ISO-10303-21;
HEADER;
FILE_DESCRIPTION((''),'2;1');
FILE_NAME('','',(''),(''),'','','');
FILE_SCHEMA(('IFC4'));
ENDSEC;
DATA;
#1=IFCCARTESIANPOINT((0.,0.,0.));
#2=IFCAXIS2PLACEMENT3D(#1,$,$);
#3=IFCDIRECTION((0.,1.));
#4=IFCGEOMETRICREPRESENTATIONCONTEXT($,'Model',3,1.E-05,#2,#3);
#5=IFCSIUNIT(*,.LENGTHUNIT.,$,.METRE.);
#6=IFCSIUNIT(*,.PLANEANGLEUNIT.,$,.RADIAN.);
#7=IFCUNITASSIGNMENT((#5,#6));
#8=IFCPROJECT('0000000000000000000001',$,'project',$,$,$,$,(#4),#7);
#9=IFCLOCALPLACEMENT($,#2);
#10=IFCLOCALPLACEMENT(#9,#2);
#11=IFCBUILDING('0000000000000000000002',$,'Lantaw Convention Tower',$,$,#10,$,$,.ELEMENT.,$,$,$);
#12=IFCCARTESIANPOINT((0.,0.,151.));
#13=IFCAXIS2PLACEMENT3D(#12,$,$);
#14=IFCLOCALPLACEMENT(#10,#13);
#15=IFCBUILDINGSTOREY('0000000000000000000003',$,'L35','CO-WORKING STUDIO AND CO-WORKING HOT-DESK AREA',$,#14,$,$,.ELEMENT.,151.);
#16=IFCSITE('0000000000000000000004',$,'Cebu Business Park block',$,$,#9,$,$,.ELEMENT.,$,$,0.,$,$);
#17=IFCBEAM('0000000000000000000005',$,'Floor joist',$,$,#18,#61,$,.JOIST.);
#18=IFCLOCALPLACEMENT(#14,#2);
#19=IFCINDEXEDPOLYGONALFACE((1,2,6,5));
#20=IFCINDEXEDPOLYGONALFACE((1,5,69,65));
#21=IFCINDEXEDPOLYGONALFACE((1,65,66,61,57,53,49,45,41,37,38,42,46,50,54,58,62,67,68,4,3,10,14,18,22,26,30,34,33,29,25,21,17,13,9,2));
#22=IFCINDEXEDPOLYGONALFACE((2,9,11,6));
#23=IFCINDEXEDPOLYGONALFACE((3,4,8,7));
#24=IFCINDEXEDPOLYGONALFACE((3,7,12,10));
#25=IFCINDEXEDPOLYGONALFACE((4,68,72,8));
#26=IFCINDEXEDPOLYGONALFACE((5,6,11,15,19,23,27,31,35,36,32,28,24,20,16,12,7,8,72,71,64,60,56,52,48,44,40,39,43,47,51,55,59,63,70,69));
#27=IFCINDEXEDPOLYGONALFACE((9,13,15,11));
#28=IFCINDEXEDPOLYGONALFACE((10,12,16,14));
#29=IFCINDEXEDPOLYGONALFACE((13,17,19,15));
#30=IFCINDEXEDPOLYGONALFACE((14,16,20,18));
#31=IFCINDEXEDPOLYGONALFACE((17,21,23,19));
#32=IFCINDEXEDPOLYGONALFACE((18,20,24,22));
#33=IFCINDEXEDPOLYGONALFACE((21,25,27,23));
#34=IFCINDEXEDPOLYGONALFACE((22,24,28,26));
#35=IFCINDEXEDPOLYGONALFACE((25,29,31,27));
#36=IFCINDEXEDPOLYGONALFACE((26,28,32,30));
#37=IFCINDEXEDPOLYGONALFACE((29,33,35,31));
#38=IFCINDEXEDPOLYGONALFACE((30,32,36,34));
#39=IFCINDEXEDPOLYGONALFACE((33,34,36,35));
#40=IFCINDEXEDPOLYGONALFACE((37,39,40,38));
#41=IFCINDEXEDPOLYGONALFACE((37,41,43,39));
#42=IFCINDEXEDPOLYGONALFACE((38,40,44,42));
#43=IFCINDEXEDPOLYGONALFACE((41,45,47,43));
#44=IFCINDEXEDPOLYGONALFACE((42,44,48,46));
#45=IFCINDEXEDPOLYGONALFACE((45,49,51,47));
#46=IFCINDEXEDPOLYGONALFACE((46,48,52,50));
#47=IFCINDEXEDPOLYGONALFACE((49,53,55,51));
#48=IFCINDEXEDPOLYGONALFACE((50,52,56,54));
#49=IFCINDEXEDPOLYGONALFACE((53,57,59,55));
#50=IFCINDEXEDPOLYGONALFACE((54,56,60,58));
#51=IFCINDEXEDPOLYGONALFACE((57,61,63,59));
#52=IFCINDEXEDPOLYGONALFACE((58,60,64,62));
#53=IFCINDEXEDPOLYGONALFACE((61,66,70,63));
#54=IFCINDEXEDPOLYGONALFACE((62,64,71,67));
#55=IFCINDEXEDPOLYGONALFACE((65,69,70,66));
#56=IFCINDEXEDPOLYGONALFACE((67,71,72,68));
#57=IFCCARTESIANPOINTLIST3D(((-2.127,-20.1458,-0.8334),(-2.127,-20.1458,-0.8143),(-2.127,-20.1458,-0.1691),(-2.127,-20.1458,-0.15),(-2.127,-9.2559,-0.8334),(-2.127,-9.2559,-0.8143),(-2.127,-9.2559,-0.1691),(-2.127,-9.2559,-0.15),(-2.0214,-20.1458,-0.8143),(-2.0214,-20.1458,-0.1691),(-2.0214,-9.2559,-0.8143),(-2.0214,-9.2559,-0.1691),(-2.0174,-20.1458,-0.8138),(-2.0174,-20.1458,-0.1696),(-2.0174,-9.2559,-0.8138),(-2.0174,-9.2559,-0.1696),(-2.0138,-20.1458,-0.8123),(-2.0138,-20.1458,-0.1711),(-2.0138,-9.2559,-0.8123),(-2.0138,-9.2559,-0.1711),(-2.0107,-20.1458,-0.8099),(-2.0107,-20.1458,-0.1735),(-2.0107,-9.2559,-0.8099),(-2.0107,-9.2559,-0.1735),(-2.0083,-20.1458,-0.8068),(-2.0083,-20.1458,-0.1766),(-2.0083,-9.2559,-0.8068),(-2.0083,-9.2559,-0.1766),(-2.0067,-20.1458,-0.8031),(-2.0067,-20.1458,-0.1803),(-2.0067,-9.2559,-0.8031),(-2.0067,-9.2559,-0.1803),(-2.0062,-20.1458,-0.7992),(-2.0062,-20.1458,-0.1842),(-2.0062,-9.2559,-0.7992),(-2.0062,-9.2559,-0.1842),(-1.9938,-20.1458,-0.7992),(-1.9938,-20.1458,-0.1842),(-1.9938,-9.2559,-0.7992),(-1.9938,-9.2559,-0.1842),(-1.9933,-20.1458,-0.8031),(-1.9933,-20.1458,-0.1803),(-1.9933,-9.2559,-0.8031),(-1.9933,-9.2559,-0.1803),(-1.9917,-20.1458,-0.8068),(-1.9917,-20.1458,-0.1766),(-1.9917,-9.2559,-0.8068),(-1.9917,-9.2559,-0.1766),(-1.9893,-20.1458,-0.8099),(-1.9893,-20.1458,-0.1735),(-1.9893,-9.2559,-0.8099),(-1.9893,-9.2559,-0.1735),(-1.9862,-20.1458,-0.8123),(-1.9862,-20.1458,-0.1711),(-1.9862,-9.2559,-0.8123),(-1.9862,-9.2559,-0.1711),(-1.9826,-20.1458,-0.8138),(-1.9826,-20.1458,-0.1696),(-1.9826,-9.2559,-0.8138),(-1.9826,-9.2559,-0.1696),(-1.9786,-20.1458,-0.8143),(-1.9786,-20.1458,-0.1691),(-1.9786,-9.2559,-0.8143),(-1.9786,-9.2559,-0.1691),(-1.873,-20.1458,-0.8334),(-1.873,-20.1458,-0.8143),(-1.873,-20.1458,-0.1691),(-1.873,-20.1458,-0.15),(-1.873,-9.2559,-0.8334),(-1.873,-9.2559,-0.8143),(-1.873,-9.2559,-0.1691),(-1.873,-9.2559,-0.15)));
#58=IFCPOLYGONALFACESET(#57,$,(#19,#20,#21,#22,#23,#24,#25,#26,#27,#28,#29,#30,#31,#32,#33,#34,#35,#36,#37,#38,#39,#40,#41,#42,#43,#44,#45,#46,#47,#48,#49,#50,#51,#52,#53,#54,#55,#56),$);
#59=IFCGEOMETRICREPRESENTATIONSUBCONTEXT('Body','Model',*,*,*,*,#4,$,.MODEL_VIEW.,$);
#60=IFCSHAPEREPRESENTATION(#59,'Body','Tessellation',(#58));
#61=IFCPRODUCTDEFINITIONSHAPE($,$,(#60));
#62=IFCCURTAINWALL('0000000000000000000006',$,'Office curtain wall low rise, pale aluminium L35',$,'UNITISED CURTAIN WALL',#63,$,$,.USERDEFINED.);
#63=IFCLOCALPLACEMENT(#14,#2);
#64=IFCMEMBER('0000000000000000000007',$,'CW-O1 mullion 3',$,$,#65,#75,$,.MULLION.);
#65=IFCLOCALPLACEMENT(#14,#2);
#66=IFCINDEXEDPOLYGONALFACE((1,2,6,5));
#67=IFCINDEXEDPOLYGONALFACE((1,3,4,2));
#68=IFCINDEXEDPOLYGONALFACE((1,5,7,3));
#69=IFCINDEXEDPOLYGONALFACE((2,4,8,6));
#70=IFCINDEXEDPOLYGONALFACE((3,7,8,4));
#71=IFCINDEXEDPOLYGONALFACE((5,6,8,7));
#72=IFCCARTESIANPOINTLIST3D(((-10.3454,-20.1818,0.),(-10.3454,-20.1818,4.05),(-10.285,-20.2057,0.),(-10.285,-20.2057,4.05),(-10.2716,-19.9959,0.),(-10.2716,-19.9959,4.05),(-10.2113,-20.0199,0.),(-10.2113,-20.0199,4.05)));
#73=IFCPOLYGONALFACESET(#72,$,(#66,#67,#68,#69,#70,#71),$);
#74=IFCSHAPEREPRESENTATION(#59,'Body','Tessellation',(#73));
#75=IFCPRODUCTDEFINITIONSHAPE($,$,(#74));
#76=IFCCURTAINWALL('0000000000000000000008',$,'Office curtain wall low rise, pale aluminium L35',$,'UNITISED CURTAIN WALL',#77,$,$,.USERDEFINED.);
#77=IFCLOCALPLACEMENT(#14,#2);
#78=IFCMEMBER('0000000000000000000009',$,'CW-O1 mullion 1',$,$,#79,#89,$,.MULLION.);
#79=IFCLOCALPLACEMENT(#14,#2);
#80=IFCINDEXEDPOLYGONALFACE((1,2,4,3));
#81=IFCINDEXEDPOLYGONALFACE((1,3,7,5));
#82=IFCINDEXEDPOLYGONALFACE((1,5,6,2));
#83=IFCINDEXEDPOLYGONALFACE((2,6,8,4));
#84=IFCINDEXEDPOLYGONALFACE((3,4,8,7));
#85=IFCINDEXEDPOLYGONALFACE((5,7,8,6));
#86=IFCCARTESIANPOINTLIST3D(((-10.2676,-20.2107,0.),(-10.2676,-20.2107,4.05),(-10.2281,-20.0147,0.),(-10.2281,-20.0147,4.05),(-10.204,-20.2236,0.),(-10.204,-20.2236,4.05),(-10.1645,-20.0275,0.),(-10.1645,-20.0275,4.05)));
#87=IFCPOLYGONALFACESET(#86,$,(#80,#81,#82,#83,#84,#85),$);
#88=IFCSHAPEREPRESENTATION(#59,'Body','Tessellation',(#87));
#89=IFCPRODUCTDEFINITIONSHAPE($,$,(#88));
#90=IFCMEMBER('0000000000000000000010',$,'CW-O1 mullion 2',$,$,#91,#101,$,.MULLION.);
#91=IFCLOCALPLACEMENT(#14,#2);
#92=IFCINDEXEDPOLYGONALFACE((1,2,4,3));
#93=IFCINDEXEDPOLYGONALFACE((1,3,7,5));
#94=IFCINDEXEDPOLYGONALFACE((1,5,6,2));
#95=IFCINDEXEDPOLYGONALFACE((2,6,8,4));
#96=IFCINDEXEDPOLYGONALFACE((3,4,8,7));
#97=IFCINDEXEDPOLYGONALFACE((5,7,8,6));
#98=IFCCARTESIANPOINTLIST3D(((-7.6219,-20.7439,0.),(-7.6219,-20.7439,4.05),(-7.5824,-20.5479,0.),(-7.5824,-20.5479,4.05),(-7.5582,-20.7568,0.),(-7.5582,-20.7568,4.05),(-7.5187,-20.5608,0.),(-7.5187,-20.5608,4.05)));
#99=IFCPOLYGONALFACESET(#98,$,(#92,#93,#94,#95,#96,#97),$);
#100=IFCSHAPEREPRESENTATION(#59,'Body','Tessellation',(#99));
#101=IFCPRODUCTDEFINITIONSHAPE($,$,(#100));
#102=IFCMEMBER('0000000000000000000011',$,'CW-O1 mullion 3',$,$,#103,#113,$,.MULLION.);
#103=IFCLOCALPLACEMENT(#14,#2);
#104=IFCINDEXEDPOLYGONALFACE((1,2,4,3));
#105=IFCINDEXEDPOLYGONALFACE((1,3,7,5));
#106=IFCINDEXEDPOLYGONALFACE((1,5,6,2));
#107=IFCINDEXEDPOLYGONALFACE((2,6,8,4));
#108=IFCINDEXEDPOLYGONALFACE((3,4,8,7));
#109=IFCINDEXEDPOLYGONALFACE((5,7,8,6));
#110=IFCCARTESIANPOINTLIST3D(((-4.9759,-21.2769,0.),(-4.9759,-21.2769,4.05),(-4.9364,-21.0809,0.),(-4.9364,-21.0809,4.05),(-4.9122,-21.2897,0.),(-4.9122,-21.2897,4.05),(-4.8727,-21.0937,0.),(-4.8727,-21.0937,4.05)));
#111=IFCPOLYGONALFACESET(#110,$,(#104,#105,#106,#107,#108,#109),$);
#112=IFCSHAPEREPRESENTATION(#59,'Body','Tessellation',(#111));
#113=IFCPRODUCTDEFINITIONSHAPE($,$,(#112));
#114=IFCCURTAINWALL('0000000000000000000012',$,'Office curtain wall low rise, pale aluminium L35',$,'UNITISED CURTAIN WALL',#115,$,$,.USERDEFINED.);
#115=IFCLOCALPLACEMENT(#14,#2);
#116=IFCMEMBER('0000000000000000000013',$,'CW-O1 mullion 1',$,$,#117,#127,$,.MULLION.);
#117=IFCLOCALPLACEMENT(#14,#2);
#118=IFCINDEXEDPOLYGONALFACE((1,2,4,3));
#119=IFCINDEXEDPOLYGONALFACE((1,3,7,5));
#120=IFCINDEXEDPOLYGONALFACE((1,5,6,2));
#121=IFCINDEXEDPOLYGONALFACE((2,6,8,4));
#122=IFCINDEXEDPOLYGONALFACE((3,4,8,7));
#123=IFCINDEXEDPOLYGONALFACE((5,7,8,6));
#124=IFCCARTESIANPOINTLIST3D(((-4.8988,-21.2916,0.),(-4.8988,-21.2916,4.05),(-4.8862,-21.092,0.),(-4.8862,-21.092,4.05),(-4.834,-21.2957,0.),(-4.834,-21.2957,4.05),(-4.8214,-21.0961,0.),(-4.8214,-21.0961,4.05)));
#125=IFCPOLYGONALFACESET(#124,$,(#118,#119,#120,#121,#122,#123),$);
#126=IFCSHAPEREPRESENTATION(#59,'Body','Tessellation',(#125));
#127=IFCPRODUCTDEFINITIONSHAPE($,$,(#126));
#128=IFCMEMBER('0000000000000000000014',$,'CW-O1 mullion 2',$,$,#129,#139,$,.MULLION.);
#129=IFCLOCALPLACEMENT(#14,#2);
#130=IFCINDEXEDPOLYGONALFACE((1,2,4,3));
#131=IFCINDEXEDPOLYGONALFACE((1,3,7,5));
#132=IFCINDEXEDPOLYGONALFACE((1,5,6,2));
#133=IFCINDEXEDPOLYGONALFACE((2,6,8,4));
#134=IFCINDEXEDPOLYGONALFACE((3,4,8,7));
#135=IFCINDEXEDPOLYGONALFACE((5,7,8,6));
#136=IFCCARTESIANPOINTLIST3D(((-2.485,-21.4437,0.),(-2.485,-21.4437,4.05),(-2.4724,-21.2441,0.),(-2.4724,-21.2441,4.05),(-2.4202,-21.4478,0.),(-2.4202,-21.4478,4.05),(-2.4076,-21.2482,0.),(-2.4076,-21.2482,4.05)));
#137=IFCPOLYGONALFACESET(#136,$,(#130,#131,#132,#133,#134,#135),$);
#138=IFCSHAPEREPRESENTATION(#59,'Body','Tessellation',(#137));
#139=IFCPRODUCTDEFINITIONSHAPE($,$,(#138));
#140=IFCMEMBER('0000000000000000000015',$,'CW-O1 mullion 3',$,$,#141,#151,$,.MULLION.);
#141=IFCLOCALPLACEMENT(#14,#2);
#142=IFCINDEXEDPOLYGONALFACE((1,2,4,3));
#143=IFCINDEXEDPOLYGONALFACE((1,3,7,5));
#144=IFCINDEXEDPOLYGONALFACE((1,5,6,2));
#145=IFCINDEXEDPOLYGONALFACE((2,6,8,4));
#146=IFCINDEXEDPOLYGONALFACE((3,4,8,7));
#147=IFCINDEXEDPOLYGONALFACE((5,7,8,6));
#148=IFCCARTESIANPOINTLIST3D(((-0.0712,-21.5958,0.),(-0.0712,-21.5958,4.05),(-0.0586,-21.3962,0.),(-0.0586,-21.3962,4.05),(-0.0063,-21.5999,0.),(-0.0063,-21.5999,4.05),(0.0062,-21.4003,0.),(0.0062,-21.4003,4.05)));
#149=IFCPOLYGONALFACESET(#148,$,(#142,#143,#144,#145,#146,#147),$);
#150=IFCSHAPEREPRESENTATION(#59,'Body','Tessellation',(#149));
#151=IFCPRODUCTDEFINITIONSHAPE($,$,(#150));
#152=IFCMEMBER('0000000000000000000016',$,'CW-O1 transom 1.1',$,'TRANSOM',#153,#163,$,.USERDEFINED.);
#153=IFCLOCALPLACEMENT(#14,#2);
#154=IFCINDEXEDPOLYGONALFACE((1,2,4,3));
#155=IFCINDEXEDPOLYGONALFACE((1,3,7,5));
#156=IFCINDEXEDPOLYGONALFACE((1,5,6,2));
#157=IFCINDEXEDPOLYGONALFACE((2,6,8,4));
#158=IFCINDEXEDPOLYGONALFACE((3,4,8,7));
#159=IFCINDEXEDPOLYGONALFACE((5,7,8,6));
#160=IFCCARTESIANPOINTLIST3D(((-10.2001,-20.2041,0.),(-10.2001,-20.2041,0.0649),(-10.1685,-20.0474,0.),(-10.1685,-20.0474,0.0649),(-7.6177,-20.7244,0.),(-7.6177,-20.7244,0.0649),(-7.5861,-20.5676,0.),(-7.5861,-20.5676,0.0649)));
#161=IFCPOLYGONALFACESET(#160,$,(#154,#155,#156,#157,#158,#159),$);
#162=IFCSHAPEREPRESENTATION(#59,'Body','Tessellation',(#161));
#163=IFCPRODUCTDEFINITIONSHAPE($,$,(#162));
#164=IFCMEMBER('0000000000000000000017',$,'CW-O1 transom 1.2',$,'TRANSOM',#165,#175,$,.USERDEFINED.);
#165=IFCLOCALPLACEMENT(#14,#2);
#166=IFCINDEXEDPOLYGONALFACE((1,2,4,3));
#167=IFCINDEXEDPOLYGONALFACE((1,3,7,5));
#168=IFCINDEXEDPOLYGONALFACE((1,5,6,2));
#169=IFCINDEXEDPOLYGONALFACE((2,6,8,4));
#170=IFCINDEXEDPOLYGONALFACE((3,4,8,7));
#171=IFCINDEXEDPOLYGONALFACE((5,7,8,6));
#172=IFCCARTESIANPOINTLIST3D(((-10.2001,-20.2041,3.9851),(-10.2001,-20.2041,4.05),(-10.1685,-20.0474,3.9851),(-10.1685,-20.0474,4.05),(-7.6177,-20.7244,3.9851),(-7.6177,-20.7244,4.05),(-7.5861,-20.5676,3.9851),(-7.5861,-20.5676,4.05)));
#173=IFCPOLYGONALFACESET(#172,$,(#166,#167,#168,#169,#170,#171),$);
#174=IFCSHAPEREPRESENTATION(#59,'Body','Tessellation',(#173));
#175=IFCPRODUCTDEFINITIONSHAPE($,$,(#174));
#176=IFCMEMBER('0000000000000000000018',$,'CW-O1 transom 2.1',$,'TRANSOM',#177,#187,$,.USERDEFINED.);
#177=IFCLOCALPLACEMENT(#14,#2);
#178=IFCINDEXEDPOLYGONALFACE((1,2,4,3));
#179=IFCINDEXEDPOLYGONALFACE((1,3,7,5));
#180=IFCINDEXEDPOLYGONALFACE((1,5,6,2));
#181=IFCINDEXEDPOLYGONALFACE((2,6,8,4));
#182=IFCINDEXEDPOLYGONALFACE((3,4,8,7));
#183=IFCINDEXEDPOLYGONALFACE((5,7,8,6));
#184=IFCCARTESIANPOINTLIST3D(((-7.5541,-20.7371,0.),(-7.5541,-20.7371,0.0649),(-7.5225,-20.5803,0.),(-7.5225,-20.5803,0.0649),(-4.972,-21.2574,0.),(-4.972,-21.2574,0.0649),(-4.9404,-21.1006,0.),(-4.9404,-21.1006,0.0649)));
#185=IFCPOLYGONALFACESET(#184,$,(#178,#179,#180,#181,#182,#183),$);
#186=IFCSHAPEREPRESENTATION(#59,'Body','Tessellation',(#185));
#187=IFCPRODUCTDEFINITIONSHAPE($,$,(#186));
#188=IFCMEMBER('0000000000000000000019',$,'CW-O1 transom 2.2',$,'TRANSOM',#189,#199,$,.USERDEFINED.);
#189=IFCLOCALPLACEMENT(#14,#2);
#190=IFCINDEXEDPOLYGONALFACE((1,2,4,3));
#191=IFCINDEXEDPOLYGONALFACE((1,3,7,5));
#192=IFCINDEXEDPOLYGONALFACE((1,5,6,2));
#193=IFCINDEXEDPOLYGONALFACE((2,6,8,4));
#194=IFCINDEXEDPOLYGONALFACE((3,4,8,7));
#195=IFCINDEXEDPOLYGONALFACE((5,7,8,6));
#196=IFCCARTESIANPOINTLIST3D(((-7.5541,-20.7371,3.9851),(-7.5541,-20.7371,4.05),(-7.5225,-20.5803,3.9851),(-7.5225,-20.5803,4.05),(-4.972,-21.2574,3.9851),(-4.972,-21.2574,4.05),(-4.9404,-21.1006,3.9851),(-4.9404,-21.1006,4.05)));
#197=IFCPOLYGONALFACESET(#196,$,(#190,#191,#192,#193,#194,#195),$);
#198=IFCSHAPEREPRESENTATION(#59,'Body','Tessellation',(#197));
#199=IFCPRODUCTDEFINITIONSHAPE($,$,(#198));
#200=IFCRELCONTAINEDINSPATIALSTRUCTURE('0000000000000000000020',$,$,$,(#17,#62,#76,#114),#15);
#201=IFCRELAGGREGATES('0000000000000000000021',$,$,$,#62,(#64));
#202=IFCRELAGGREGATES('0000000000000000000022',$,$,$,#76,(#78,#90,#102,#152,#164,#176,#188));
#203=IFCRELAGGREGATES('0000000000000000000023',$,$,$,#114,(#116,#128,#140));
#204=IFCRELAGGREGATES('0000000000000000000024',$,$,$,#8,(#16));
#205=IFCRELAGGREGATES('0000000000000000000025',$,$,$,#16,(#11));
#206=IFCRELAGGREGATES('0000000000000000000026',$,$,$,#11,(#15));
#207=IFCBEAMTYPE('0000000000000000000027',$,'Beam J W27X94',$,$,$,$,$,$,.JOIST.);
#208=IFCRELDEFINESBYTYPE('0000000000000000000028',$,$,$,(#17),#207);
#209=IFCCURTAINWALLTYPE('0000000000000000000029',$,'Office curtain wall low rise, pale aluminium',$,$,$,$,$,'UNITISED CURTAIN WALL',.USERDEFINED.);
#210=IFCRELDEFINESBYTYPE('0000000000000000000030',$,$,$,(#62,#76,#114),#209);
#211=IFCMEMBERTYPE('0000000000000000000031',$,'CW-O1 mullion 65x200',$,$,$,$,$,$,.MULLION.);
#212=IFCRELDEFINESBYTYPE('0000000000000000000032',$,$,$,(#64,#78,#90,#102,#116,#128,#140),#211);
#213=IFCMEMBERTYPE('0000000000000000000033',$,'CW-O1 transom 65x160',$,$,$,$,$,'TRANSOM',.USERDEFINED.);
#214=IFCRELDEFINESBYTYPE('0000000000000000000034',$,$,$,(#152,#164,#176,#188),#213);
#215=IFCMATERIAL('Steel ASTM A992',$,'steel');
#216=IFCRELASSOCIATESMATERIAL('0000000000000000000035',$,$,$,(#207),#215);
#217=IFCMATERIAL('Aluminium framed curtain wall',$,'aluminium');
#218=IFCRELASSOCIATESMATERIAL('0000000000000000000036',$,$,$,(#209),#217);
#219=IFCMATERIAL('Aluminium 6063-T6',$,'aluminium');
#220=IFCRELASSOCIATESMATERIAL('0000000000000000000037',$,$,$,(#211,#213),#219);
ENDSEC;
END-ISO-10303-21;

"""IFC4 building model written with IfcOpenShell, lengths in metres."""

from ifc_helpers import new_model, si_unit, direction, frame, origin, origin_2d, place, context, subcontext, project, spatial, rectangle, i_section, extrude, material, material_profile, profile_set, type_object, element, aggregate, save


model = new_model("IFC4")

# Units and contexts
model_context = context("Model", 3, precision=1e-05, world=origin(), true_north=direction((0.0, 1.0)))
body_context = subcontext(model_context, "Body", "Model", "MODEL_VIEW")
ifc_project = project(units=[si_unit("LENGTHUNIT", "METRE"), si_unit("PLANEANGLEUNIT", "RADIAN")], contexts=[model_context])

# Site, building, storey
site_placement = place(None, origin())
site = spatial("IfcSite", under=ifc_project, at=site_placement, Name="Cebu Business Park block", CompositionType="ELEMENT", RefElevation=0.0)
building_placement = place(site_placement, origin())
building = spatial("IfcBuilding", under=site, at=building_placement, Name="Lantaw Convention Tower", CompositionType="ELEMENT")
storey_placement = place(building_placement, frame((0.0, 0.0, 151.0)))
storey = spatial("IfcBuildingStorey", under=building, at=storey_placement, Name="L35", Description="CO-WORKING STUDIO AND CO-WORKING HOT-DESK AREA", CompositionType="ELEMENT", Elevation=151.0)

# Beam
ifc_material_1 = material(Name="Steel ASTM A992", Category="steel")
ifc_material_profile_1 = material_profile(ifc_material_1, i_section(OverallWidth=0.2539, OverallDepth=0.6833, WebThickness=0.0125, FlangeThickness=0.019, FilletRadius=0.0151, at=origin_2d()), Name="W27X94")
ifc_profile_set_1 = profile_set([ifc_material_profile_1], Name="Steel ASTM A992")
beam_type_1 = type_object("IfcBeamType", Name="Beam J W27X94", PredefinedType="JOIST", material=ifc_profile_set_1)
beam_1_placement = place(storey_placement, frame((-2.0, -20.1458, -0.4917), z_axis=(0.0, 1.0, 0.0), x_axis=(-1.0, 0.0, 0.0)))
element("IfcBeam", 1, at=beam_1_placement, inside=storey, type_object=beam_type_1, Name="Floor joist", PredefinedType="JOIST", context=body_context, shape_type="SweptSolid", body=[
    extrude(i_section(OverallWidth=0.2539, OverallDepth=0.6833, WebThickness=0.0125, FlangeThickness=0.019, FilletRadius=0.0151, at=origin_2d()), origin(), (0.0, 0.0, 1.0), 10.8899),
])

# Curtain wall, member
ifc_material_2 = material(Name="Aluminium framed curtain wall", Category="aluminium")
curtain_wall_type = type_object("IfcCurtainWallType", Name="Office curtain wall low rise, pale aluminium", ElementType="UNITISED CURTAIN WALL", PredefinedType="USERDEFINED", material=ifc_material_2)
curtain_wall_1_placement = place(storey_placement, origin())
curtain_wall_1 = element("IfcCurtainWall", 2, at=curtain_wall_1_placement, inside=storey, type_object=curtain_wall_type, Name="Office curtain wall low rise, pale aluminium L35", ObjectType="UNITISED CURTAIN WALL", PredefinedType="USERDEFINED")
ifc_material_3 = material(Name="Aluminium 6063-T6", Category="aluminium")
ifc_material_profile_2 = material_profile(ifc_material_3, rectangle(XDim=0.2, YDim=0.0649, at=origin_2d()), Name="CW-O1 mullion 65x200")
ifc_profile_set_2 = profile_set([ifc_material_profile_2], Name="Aluminium 6063-T6")
member_type_1 = type_object("IfcMemberType", Name="CW-O1 mullion 65x200", PredefinedType="MULLION", material=ifc_profile_set_2)
member_1_placement = place(storey_placement, frame((-10.2783, -20.1008, 0.0), z_axis=(0.0, 0.0, 1.0), x_axis=(0.368702, 0.929548, 0.0)))
member_1 = element("IfcMember", 3, at=member_1_placement, type_object=member_type_1, Name="CW-O1 mullion 3", PredefinedType="MULLION", context=body_context, shape_type="SweptSolid", body=[
    extrude(rectangle(XDim=0.2, YDim=0.0649, at=origin_2d()), origin(), (0.0, 0.0, 1.0), 4.05),
])
aggregate(curtain_wall_1, [member_1])

# Curtain walls, members
curtain_wall_2_placement = place(storey_placement, origin())
curtain_wall_2 = element("IfcCurtainWall", 4, at=curtain_wall_2_placement, inside=storey, type_object=curtain_wall_type, Name="Office curtain wall low rise, pale aluminium L35", ObjectType="UNITISED CURTAIN WALL", PredefinedType="USERDEFINED")
member_2_placement = place(storey_placement, frame((-10.2161, -20.1191, 0.0), z_axis=(0.0, 0.0, 1.0), x_axis=(0.197507, 0.980302, 0.0)))
member_2 = element("IfcMember", 5, at=member_2_placement, type_object=member_type_1, Name="CW-O1 mullion 1", PredefinedType="MULLION", context=body_context, shape_type="SweptSolid", body=[
    extrude(rectangle(XDim=0.2, YDim=0.0649, at=origin_2d()), origin(), (0.0, 0.0, 1.0), 4.05),
])
member_3_placement = place(storey_placement, frame((-7.5703, -20.6523, 0.0), z_axis=(0.0, 0.0, 1.0), x_axis=(0.197507, 0.980302, 0.0)))
member_3 = element("IfcMember", 6, at=member_3_placement, type_object=member_type_1, Name="CW-O1 mullion 2", PredefinedType="MULLION", context=body_context, shape_type="SweptSolid", body=[
    extrude(rectangle(XDim=0.2, YDim=0.0649, at=origin_2d()), origin(), (0.0, 0.0, 1.0), 4.05),
])
member_4_placement = place(storey_placement, frame((-4.9243, -21.1853, 0.0), z_axis=(0.0, 0.0, 1.0), x_axis=(0.197507, 0.980302, 0.0)))
member_4 = element("IfcMember", 7, at=member_4_placement, type_object=member_type_1, Name="CW-O1 mullion 3", PredefinedType="MULLION", context=body_context, shape_type="SweptSolid", body=[
    extrude(rectangle(XDim=0.2, YDim=0.0649, at=origin_2d()), origin(), (0.0, 0.0, 1.0), 4.05),
])
curtain_wall_3_placement = place(storey_placement, origin())
curtain_wall_3 = element("IfcCurtainWall", 8, at=curtain_wall_3_placement, inside=storey, type_object=curtain_wall_type, Name="Office curtain wall low rise, pale aluminium L35", ObjectType="UNITISED CURTAIN WALL", PredefinedType="USERDEFINED")
member_5_placement = place(storey_placement, frame((-4.8601, -21.1938, 0.0), z_axis=(0.0, 0.0, 1.0), x_axis=(0.062865, 0.998022, 0.0)))
member_5 = element("IfcMember", 9, at=member_5_placement, type_object=member_type_1, Name="CW-O1 mullion 1", PredefinedType="MULLION", context=body_context, shape_type="SweptSolid", body=[
    extrude(rectangle(XDim=0.2, YDim=0.0649, at=origin_2d()), origin(), (0.0, 0.0, 1.0), 4.05),
])
member_6_placement = place(storey_placement, frame((-2.4463, -21.3459, 0.0), z_axis=(0.0, 0.0, 1.0), x_axis=(0.062865, 0.998022, 0.0)))
member_6 = element("IfcMember", 10, at=member_6_placement, type_object=member_type_1, Name="CW-O1 mullion 2", PredefinedType="MULLION", context=body_context, shape_type="SweptSolid", body=[
    extrude(rectangle(XDim=0.2, YDim=0.0649, at=origin_2d()), origin(), (0.0, 0.0, 1.0), 4.05),
])
member_7_placement = place(storey_placement, frame((-0.0325, -21.498, 0.0), z_axis=(0.0, 0.0, 1.0), x_axis=(0.062865, 0.998022, 0.0)))
member_7 = element("IfcMember", 11, at=member_7_placement, type_object=member_type_1, Name="CW-O1 mullion 3", PredefinedType="MULLION", context=body_context, shape_type="SweptSolid", body=[
    extrude(rectangle(XDim=0.2, YDim=0.0649, at=origin_2d()), origin(), (0.0, 0.0, 1.0), 4.05),
])

# Members
ifc_material_profile_3 = material_profile(ifc_material_3, rectangle(XDim=0.1599, YDim=0.0649, at=origin_2d()), Name="CW-O1 transom 65x160")
ifc_profile_set_3 = profile_set([ifc_material_profile_3], Name="Aluminium 6063-T6")
member_type_2 = type_object("IfcMemberType", Name="CW-O1 transom 65x160", ElementType="TRANSOM", PredefinedType="USERDEFINED", material=ifc_profile_set_3)
member_8_placement = place(storey_placement, frame((-10.1843, -20.1257, 0.0325), z_axis=(0.980302, -0.197506, 0.0), x_axis=(0.197506, 0.980302, 0.0)))
member_8 = element("IfcMember", 12, at=member_8_placement, type_object=member_type_2, Name="CW-O1 transom 1.1", ObjectType="TRANSOM", PredefinedType="USERDEFINED", context=body_context, shape_type="SweptSolid", body=[
    extrude(rectangle(XDim=0.1599, YDim=0.0649, at=origin_2d()), origin(), (0.0, 0.0, 1.0), 2.6343),
])
member_9_placement = place(storey_placement, frame((-10.1843, -20.1257, 4.0176), z_axis=(0.980302, -0.197506, 0.0), x_axis=(0.197506, 0.980302, 0.0)))
member_9 = element("IfcMember", 13, at=member_9_placement, type_object=member_type_2, Name="CW-O1 transom 1.2", ObjectType="TRANSOM", PredefinedType="USERDEFINED", context=body_context, shape_type="SweptSolid", body=[
    extrude(rectangle(XDim=0.1599, YDim=0.0649, at=origin_2d()), origin(), (0.0, 0.0, 1.0), 2.6343),
])
member_10_placement = place(storey_placement, frame((-7.5383, -20.6587, 0.0325), z_axis=(0.980298, -0.197524, 0.0), x_axis=(0.197524, 0.980298, 0.0)))
member_10 = element("IfcMember", 14, at=member_10_placement, type_object=member_type_2, Name="CW-O1 transom 2.1", ObjectType="TRANSOM", PredefinedType="USERDEFINED", context=body_context, shape_type="SweptSolid", body=[
    extrude(rectangle(XDim=0.1599, YDim=0.0649, at=origin_2d()), origin(), (0.0, 0.0, 1.0), 2.634),
])
member_11_placement = place(storey_placement, frame((-7.5383, -20.6587, 4.0176), z_axis=(0.980298, -0.197524, 0.0), x_axis=(0.197524, 0.980298, 0.0)))
member_11 = element("IfcMember", 15, at=member_11_placement, type_object=member_type_2, Name="CW-O1 transom 2.2", ObjectType="TRANSOM", PredefinedType="USERDEFINED", context=body_context, shape_type="SweptSolid", body=[
    extrude(rectangle(XDim=0.1599, YDim=0.0649, at=origin_2d()), origin(), (0.0, 0.0, 1.0), 2.634),
])

aggregate(curtain_wall_2, [member_2, member_3, member_4, member_8, member_9, member_10, member_11])
aggregate(curtain_wall_3, [member_5, member_6, member_7])

save(model, "model.ifc")
